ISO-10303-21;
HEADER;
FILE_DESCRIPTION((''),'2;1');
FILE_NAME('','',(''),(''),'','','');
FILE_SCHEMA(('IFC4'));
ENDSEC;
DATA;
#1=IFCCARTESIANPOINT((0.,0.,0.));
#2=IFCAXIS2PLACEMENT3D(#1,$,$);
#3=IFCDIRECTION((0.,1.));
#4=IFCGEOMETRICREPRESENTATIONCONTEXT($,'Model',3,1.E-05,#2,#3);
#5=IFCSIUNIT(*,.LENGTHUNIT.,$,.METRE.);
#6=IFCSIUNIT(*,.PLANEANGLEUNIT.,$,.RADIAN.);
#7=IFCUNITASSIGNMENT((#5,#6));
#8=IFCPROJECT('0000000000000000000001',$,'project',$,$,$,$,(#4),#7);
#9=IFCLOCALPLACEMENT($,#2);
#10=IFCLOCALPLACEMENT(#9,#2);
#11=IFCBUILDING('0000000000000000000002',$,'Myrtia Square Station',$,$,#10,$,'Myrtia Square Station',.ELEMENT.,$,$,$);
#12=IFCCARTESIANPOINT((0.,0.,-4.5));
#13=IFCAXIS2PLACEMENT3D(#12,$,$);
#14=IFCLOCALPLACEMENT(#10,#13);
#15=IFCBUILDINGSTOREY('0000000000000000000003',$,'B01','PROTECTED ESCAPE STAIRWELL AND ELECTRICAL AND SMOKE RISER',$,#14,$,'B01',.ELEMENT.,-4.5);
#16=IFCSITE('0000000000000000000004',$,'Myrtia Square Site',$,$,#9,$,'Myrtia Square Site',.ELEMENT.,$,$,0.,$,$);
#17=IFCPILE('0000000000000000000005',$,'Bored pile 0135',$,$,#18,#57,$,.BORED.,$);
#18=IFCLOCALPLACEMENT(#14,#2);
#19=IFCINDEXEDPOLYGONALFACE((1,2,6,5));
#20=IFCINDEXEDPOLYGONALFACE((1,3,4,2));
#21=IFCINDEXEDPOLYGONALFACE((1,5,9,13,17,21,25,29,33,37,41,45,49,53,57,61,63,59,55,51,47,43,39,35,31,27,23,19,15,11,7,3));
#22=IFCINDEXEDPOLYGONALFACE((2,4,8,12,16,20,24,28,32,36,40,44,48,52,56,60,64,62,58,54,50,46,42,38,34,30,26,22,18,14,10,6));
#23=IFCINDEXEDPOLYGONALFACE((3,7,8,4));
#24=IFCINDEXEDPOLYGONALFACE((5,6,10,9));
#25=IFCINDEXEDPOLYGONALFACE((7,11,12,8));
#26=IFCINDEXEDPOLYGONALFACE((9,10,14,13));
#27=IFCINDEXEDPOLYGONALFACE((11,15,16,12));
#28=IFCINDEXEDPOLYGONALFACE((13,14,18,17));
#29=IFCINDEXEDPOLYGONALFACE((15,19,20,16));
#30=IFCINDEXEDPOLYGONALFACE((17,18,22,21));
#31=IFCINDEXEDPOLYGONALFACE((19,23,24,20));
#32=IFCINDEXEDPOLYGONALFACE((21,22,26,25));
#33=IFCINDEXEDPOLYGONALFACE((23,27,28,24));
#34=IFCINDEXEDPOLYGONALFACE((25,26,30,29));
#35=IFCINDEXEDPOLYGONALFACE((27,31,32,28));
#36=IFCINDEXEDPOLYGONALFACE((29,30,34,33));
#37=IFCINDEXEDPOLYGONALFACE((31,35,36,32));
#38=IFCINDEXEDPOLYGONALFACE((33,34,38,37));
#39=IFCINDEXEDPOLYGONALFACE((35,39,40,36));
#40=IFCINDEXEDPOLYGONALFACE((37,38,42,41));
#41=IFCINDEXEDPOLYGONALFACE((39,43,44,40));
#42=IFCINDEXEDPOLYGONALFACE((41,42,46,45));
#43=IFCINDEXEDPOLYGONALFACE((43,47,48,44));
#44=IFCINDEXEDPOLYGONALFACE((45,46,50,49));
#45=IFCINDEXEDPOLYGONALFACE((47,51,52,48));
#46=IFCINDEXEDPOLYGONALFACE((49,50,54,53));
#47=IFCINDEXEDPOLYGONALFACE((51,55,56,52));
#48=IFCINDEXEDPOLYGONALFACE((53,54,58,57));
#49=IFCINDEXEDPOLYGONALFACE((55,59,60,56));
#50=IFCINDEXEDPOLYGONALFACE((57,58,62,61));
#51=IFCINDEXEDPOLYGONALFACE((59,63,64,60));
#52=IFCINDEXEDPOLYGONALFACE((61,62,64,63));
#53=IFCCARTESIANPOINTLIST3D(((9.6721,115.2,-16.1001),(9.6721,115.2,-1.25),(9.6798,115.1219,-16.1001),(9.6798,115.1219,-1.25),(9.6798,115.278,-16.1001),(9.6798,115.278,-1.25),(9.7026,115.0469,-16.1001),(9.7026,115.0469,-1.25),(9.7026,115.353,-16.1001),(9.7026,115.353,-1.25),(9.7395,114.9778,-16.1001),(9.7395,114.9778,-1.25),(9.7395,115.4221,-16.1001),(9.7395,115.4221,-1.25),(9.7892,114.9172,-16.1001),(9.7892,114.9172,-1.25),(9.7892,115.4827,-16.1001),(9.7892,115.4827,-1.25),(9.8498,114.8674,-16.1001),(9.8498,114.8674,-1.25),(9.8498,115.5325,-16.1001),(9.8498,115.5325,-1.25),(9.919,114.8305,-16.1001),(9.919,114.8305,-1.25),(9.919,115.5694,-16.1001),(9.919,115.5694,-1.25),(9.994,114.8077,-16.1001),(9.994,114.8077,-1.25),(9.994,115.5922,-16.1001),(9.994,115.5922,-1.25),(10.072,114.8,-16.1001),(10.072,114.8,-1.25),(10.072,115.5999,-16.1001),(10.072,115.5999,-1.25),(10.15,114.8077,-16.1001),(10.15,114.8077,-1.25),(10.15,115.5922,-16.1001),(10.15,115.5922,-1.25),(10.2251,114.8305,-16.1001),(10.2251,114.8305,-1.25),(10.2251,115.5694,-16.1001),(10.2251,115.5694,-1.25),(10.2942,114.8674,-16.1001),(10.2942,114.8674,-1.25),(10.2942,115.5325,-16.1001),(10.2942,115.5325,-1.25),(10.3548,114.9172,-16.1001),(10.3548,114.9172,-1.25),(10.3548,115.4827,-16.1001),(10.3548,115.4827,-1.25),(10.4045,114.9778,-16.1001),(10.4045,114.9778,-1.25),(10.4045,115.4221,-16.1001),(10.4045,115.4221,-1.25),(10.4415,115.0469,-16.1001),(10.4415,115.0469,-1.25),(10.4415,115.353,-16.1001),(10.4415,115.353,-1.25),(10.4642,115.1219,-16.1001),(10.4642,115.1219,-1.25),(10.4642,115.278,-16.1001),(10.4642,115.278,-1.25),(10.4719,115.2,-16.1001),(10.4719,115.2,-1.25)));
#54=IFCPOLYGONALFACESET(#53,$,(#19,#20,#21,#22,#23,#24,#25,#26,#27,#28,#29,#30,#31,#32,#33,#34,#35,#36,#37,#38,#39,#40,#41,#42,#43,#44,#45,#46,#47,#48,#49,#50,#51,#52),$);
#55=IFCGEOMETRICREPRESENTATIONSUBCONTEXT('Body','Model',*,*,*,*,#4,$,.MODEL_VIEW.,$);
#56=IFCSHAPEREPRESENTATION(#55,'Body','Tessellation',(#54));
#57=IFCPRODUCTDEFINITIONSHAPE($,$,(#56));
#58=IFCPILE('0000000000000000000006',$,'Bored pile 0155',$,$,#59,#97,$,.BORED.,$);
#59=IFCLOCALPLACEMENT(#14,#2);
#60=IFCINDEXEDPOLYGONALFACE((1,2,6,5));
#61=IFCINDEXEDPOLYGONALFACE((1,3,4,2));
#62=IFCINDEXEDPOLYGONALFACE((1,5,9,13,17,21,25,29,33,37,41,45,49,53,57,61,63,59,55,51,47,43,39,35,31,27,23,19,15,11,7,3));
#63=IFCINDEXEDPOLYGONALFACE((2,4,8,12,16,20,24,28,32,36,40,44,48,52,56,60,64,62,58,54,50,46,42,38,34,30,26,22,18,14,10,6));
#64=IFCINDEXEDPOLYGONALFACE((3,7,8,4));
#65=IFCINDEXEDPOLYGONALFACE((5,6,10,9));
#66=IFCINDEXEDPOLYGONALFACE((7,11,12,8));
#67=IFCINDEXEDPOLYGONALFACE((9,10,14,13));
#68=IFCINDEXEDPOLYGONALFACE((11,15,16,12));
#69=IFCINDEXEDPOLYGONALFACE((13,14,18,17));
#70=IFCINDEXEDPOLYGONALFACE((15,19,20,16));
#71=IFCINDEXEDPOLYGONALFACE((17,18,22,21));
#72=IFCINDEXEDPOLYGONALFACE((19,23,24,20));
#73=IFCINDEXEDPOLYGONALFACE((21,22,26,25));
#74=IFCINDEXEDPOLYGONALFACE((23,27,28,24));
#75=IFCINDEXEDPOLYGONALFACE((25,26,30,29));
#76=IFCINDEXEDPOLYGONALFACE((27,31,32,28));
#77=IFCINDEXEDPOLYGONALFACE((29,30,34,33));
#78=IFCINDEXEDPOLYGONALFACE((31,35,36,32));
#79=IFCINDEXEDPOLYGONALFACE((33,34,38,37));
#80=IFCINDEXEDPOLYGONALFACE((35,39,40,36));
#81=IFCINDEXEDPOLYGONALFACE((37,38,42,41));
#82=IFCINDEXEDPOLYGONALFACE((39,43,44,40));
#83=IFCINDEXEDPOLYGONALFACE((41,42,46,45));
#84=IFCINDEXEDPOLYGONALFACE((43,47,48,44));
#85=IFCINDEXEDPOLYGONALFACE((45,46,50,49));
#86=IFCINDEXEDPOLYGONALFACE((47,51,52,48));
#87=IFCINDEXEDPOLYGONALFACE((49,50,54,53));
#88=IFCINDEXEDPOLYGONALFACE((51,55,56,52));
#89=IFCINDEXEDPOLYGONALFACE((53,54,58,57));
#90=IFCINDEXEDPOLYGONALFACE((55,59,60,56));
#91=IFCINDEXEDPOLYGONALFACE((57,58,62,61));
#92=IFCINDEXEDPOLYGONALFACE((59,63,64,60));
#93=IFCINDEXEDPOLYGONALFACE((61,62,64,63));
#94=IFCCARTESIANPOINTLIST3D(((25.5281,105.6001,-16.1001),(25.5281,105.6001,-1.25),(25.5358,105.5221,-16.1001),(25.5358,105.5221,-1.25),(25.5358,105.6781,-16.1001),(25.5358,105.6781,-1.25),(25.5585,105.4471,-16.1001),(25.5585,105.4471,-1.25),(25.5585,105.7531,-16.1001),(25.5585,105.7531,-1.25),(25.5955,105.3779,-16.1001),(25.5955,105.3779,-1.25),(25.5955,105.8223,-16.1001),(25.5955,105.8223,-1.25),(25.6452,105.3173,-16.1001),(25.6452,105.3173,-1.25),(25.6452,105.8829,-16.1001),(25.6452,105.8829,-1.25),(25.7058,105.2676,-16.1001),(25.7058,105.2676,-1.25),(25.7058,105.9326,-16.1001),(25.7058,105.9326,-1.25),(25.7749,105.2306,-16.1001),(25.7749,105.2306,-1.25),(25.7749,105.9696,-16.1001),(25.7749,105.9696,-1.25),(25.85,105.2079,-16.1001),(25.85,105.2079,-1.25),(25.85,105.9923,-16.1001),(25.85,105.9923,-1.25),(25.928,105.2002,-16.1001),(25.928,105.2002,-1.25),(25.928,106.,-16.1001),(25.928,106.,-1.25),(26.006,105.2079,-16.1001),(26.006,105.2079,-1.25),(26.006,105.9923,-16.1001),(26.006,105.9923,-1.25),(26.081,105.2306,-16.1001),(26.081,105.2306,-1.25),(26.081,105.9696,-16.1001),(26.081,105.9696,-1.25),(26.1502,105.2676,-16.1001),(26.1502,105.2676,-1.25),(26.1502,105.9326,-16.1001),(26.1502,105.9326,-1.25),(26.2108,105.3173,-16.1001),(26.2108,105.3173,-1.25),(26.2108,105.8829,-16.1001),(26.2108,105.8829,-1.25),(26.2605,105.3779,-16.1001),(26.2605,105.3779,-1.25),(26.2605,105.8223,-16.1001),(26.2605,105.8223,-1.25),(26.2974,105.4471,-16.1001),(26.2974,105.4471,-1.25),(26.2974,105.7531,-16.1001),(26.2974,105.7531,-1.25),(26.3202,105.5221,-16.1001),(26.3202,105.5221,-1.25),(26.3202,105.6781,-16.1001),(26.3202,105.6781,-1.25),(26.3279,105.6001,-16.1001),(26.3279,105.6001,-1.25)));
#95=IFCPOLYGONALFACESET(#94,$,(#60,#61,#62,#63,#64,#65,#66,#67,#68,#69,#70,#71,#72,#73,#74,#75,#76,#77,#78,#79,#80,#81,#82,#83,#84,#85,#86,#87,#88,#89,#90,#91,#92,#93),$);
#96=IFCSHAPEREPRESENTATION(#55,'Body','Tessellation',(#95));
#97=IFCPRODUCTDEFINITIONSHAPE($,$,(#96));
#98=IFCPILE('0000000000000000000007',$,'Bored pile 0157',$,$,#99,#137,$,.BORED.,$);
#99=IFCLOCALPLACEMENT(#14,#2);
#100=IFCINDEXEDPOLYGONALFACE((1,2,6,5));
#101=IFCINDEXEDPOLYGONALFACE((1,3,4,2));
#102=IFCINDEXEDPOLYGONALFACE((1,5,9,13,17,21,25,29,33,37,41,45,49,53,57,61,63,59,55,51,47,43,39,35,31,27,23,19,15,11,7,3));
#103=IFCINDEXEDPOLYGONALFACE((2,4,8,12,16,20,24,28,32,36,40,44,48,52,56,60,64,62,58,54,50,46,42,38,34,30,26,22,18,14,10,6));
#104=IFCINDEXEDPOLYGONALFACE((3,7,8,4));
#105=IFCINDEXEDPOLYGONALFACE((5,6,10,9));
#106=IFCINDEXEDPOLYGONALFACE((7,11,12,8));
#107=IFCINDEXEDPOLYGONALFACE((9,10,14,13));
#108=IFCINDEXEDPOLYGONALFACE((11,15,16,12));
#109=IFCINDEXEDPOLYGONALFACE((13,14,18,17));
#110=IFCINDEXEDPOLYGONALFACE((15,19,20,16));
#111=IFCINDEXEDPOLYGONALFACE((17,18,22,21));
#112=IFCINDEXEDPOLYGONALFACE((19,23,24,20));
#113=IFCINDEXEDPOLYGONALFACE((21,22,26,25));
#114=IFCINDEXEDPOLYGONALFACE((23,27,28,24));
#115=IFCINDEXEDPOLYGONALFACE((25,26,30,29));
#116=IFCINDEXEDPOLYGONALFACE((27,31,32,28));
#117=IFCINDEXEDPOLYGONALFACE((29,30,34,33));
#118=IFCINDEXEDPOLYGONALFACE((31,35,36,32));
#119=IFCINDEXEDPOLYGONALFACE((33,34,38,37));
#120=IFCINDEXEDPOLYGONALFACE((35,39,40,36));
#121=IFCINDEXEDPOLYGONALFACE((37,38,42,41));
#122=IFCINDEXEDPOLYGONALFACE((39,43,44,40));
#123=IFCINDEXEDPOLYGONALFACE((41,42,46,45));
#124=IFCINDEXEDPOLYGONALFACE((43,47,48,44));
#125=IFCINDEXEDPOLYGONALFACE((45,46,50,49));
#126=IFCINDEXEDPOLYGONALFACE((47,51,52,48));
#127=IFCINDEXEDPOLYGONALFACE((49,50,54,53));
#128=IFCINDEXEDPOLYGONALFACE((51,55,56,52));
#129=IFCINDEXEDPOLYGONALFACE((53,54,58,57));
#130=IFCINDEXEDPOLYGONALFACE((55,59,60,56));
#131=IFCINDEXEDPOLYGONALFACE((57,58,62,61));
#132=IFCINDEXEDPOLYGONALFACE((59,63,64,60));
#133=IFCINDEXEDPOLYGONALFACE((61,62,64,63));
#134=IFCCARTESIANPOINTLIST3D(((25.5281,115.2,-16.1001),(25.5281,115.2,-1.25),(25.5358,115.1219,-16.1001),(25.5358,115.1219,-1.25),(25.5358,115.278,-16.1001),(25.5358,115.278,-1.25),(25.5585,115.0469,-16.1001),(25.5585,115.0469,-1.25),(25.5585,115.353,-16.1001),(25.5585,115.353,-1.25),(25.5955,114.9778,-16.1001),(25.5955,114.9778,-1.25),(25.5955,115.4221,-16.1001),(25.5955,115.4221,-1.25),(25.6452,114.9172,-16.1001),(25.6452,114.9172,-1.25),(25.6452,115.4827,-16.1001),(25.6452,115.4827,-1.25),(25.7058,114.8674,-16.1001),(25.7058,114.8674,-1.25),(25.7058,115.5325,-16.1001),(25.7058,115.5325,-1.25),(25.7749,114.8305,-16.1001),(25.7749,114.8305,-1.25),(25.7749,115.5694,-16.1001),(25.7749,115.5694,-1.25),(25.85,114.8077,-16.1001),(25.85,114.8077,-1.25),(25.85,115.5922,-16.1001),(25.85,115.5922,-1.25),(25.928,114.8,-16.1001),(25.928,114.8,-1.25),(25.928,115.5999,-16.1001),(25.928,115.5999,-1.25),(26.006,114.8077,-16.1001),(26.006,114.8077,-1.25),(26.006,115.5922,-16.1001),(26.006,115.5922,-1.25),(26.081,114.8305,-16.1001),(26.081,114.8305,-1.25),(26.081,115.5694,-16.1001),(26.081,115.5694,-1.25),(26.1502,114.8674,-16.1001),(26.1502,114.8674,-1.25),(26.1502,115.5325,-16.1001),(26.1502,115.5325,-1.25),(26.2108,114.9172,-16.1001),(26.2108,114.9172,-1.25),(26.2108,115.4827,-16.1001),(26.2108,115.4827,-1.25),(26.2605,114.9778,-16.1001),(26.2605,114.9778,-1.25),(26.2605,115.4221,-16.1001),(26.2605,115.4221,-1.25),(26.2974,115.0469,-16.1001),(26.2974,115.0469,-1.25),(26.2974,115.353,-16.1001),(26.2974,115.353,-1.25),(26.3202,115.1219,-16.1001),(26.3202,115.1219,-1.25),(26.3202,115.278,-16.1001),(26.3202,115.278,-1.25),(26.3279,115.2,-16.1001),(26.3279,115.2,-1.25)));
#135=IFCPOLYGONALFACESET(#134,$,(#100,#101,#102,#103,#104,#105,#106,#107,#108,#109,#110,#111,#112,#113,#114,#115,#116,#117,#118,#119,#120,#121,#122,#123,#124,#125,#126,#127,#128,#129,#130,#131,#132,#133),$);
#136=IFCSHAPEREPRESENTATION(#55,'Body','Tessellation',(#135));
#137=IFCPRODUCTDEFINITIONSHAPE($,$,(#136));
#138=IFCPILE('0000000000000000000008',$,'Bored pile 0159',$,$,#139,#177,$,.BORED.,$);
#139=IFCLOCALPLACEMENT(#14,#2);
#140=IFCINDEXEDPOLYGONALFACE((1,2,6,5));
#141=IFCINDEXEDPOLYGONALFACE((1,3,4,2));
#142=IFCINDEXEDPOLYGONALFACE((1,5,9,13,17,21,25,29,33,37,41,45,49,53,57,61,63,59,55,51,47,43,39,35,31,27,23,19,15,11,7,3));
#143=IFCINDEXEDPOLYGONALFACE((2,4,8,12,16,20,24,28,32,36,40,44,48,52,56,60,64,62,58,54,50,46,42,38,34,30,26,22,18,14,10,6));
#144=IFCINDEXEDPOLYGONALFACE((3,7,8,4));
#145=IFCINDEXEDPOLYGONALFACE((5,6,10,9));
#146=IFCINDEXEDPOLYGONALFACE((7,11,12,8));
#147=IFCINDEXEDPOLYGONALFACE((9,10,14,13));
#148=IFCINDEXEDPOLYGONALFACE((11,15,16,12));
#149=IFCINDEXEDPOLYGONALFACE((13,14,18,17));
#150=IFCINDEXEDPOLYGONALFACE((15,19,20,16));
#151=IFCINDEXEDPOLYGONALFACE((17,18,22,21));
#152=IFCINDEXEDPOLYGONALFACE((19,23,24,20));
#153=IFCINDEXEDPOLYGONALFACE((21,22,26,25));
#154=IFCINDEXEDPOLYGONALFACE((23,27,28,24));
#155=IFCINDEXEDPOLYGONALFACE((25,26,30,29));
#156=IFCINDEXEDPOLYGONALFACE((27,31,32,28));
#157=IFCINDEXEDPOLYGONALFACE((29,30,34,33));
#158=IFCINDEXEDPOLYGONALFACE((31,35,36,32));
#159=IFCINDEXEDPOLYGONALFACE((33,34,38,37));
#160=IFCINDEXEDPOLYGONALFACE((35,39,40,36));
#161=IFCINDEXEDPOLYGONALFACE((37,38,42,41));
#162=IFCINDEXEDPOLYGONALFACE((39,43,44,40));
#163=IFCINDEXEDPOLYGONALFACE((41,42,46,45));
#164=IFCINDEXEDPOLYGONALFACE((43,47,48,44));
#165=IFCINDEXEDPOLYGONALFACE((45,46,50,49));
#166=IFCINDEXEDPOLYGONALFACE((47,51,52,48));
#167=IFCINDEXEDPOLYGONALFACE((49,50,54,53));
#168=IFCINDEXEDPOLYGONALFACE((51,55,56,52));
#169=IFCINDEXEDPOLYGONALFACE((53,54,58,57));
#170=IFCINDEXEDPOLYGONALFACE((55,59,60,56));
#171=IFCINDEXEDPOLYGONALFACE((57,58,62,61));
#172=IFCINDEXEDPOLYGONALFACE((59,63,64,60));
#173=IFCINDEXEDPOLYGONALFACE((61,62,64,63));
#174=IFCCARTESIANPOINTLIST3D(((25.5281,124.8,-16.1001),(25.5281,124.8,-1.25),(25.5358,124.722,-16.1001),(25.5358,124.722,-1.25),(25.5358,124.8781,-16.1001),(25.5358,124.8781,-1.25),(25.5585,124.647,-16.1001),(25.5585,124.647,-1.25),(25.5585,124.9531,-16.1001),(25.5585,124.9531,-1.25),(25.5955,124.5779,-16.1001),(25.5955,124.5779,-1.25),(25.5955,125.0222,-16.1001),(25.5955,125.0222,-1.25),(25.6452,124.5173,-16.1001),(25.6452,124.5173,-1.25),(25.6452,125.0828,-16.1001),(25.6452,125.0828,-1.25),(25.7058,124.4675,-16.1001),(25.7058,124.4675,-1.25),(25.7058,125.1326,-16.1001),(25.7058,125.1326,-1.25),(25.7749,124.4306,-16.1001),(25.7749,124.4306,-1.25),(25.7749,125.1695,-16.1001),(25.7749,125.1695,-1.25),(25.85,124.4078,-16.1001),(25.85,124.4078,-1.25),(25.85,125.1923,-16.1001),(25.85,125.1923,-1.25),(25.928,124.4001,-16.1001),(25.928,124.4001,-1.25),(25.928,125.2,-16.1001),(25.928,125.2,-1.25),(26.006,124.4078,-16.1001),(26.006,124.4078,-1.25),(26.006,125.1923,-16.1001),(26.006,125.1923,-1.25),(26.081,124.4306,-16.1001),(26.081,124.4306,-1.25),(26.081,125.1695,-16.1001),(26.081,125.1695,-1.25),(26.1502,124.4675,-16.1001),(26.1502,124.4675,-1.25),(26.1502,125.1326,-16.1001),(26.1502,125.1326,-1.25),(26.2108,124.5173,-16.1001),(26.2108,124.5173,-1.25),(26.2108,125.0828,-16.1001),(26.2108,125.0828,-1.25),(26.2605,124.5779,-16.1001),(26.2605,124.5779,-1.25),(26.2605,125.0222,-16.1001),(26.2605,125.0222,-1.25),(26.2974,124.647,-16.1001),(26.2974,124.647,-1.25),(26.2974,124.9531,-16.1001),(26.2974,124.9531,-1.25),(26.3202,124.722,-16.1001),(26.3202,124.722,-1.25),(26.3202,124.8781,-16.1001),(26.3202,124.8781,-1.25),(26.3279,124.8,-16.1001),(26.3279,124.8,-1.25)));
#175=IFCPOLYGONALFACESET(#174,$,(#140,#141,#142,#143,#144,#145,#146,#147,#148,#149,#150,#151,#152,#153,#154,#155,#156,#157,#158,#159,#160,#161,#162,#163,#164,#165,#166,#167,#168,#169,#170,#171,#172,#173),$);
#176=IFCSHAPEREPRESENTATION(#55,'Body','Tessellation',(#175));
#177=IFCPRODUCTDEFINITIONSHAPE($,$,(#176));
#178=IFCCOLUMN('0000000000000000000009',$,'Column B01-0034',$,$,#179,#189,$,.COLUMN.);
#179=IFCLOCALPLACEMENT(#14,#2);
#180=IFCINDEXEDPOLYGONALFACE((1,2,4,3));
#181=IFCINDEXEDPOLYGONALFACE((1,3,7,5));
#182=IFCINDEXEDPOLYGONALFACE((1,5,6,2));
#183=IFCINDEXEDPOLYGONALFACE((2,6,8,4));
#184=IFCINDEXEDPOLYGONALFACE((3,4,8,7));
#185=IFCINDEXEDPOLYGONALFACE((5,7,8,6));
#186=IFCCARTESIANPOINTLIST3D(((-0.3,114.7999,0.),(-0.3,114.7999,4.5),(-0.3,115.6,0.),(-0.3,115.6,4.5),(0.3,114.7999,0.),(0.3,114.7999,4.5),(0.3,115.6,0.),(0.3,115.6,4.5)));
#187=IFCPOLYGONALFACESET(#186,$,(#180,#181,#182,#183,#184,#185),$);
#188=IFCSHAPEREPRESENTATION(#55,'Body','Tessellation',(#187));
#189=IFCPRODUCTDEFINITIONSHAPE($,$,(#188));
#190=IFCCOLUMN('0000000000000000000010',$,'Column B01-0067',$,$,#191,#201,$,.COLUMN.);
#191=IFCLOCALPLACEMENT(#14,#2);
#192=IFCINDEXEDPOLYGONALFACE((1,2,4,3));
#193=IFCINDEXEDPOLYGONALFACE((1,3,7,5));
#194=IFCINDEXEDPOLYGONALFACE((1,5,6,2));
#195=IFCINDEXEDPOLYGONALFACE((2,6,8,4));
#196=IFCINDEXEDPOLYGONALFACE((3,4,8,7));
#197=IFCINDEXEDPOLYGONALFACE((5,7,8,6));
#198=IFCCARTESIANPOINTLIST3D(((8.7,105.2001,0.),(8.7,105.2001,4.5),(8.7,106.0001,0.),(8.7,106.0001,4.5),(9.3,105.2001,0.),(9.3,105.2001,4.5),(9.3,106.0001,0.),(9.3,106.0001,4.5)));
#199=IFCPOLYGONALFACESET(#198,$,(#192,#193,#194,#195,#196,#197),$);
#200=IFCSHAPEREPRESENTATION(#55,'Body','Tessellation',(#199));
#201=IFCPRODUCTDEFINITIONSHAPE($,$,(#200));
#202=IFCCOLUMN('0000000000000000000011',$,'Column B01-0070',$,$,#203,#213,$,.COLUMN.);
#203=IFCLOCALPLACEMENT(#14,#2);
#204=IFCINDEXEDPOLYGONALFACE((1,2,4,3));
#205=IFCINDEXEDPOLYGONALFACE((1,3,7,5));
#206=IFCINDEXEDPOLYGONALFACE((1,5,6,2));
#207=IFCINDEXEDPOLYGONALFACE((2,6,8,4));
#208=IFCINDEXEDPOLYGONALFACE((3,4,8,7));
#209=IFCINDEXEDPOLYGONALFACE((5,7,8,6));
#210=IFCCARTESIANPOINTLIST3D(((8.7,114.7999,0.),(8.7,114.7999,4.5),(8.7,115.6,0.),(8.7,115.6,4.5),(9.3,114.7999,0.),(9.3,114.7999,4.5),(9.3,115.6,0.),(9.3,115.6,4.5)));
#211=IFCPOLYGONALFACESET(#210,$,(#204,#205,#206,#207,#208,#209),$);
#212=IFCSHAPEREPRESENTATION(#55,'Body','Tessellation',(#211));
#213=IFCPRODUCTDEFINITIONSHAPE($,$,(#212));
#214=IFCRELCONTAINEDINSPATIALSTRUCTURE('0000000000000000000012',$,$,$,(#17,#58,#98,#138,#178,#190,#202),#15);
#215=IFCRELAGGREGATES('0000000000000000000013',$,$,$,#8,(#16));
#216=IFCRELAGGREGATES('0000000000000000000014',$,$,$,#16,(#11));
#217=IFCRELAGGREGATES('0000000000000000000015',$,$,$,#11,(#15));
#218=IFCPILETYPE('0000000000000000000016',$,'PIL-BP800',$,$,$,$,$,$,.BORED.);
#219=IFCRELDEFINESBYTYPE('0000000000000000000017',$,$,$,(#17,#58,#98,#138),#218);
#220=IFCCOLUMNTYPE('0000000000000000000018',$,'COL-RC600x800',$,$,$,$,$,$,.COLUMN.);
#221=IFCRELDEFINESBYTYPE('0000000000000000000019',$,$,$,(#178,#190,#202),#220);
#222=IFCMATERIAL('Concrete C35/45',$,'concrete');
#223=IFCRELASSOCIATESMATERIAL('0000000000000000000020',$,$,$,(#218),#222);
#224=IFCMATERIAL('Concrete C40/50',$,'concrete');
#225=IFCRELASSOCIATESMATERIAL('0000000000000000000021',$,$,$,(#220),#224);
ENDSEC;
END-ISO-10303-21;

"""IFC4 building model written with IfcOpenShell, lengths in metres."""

from ifc_helpers import new_model, si_unit, direction, frame, origin, origin_2d, place, context, subcontext, project, spatial, rectangle, circle, extrude, material, material_profile, profile_set, type_object, element, save


model = new_model("IFC4")

# Units and contexts
model_context = context("Model", 3, precision=1e-05, world=origin(), true_north=direction((0.0, 1.0)))
body_context = subcontext(model_context, "Body", "Model", "MODEL_VIEW")
ifc_project = project(units=[si_unit("LENGTHUNIT", "METRE"), si_unit("PLANEANGLEUNIT", "RADIAN")], contexts=[model_context])

# Site, building, storey
site_placement = place(None, origin())
site = spatial("IfcSite", under=ifc_project, at=site_placement, Name="Myrtia Square Site", LongName="Myrtia Square Site", CompositionType="ELEMENT", RefElevation=0.0)
building_placement = place(site_placement, origin())
building = spatial("IfcBuilding", under=site, at=building_placement, Name="Myrtia Square Station", LongName="Myrtia Square Station", CompositionType="ELEMENT")
storey_placement = place(building_placement, frame((0.0, 0.0, -4.5)))
storey = spatial("IfcBuildingStorey", under=building, at=storey_placement, Name="B01", Description="PROTECTED ESCAPE STAIRWELL AND ELECTRICAL AND SMOKE RISER", LongName="B01", CompositionType="ELEMENT", Elevation=-4.5)

# Shared definitions
ifc_material_1 = material(Name="Concrete C35/45", Category="concrete")

# Piles
ifc_material_profile_1 = material_profile(ifc_material_1, circle(Radius=0.3999, at=origin_2d()), Name="BP D800")
ifc_profile_set_1 = profile_set([ifc_material_profile_1], Name="Concrete C35/45")
pile_type = type_object("IfcPileType", Name="PIL-BP800", PredefinedType="BORED", material=ifc_profile_set_1)
for number, where, z_axis, x_axis, name in (
    (1, (10.072, 115.2, -1.25), (0.0, 0.0, -1.0), (1.0, 0.0, 0.0), "Bored pile 0135"),
    (2, (25.928, 105.6001, -1.25), (0.0, 0.0, -1.0), (1.0, 0.0, 0.0), "Bored pile 0155"),
    (3, (25.928, 115.2, -1.25), (0.0, 0.0, -1.0), (1.0, 0.0, 0.0), "Bored pile 0157"),
    (4, (25.928, 124.8, -1.25), (0.0, 0.0, -1.0), (1.0, 0.0, 0.0), "Bored pile 0159"),
):
    element("IfcPile", number, at=place(storey_placement, frame(where, z_axis=z_axis, x_axis=x_axis)), inside=storey, type_object=pile_type, Name=name, PredefinedType="BORED", context=body_context, shape_type="SweptSolid", body=[
        extrude(circle(Radius=0.3999, at=origin_2d()), origin(), (0.0, 0.0, 1.0), 14.8501),
    ])

# Columns
ifc_material_2 = material(Name="Concrete C40/50", Category="concrete")
ifc_material_profile_2 = material_profile(ifc_material_2, rectangle(XDim=0.6001, YDim=0.8, at=origin_2d()), Name="RC 600x800")
ifc_profile_set_2 = profile_set([ifc_material_profile_2], Name="Concrete C40/50")
column_type = type_object("IfcColumnType", Name="COL-RC600x800", PredefinedType="COLUMN", material=ifc_profile_set_2)
for number, where, z_axis, x_axis, name in (
    (5, (0.0, 115.2, 0.0), (0.0, 0.0, 1.0), (1.0, 0.0, 0.0), "Column B01-0034"),
    (6, (9.0, 105.6001, 0.0), (0.0, 0.0, 1.0), (1.0, 0.0, 0.0), "Column B01-0067"),
    (7, (9.0, 115.2, 0.0), (0.0, 0.0, 1.0), (1.0, 0.0, 0.0), "Column B01-0070"),
):
    element("IfcColumn", number, at=place(storey_placement, frame(where, z_axis=z_axis, x_axis=x_axis)), inside=storey, type_object=column_type, Name=name, PredefinedType="COLUMN", context=body_context, shape_type="SweptSolid", body=[
        extrude(rectangle(XDim=0.6001, YDim=0.8, at=origin_2d()), origin(), (0.0, 0.0, 1.0), 4.5),
    ])

save(model, "model.ifc")
